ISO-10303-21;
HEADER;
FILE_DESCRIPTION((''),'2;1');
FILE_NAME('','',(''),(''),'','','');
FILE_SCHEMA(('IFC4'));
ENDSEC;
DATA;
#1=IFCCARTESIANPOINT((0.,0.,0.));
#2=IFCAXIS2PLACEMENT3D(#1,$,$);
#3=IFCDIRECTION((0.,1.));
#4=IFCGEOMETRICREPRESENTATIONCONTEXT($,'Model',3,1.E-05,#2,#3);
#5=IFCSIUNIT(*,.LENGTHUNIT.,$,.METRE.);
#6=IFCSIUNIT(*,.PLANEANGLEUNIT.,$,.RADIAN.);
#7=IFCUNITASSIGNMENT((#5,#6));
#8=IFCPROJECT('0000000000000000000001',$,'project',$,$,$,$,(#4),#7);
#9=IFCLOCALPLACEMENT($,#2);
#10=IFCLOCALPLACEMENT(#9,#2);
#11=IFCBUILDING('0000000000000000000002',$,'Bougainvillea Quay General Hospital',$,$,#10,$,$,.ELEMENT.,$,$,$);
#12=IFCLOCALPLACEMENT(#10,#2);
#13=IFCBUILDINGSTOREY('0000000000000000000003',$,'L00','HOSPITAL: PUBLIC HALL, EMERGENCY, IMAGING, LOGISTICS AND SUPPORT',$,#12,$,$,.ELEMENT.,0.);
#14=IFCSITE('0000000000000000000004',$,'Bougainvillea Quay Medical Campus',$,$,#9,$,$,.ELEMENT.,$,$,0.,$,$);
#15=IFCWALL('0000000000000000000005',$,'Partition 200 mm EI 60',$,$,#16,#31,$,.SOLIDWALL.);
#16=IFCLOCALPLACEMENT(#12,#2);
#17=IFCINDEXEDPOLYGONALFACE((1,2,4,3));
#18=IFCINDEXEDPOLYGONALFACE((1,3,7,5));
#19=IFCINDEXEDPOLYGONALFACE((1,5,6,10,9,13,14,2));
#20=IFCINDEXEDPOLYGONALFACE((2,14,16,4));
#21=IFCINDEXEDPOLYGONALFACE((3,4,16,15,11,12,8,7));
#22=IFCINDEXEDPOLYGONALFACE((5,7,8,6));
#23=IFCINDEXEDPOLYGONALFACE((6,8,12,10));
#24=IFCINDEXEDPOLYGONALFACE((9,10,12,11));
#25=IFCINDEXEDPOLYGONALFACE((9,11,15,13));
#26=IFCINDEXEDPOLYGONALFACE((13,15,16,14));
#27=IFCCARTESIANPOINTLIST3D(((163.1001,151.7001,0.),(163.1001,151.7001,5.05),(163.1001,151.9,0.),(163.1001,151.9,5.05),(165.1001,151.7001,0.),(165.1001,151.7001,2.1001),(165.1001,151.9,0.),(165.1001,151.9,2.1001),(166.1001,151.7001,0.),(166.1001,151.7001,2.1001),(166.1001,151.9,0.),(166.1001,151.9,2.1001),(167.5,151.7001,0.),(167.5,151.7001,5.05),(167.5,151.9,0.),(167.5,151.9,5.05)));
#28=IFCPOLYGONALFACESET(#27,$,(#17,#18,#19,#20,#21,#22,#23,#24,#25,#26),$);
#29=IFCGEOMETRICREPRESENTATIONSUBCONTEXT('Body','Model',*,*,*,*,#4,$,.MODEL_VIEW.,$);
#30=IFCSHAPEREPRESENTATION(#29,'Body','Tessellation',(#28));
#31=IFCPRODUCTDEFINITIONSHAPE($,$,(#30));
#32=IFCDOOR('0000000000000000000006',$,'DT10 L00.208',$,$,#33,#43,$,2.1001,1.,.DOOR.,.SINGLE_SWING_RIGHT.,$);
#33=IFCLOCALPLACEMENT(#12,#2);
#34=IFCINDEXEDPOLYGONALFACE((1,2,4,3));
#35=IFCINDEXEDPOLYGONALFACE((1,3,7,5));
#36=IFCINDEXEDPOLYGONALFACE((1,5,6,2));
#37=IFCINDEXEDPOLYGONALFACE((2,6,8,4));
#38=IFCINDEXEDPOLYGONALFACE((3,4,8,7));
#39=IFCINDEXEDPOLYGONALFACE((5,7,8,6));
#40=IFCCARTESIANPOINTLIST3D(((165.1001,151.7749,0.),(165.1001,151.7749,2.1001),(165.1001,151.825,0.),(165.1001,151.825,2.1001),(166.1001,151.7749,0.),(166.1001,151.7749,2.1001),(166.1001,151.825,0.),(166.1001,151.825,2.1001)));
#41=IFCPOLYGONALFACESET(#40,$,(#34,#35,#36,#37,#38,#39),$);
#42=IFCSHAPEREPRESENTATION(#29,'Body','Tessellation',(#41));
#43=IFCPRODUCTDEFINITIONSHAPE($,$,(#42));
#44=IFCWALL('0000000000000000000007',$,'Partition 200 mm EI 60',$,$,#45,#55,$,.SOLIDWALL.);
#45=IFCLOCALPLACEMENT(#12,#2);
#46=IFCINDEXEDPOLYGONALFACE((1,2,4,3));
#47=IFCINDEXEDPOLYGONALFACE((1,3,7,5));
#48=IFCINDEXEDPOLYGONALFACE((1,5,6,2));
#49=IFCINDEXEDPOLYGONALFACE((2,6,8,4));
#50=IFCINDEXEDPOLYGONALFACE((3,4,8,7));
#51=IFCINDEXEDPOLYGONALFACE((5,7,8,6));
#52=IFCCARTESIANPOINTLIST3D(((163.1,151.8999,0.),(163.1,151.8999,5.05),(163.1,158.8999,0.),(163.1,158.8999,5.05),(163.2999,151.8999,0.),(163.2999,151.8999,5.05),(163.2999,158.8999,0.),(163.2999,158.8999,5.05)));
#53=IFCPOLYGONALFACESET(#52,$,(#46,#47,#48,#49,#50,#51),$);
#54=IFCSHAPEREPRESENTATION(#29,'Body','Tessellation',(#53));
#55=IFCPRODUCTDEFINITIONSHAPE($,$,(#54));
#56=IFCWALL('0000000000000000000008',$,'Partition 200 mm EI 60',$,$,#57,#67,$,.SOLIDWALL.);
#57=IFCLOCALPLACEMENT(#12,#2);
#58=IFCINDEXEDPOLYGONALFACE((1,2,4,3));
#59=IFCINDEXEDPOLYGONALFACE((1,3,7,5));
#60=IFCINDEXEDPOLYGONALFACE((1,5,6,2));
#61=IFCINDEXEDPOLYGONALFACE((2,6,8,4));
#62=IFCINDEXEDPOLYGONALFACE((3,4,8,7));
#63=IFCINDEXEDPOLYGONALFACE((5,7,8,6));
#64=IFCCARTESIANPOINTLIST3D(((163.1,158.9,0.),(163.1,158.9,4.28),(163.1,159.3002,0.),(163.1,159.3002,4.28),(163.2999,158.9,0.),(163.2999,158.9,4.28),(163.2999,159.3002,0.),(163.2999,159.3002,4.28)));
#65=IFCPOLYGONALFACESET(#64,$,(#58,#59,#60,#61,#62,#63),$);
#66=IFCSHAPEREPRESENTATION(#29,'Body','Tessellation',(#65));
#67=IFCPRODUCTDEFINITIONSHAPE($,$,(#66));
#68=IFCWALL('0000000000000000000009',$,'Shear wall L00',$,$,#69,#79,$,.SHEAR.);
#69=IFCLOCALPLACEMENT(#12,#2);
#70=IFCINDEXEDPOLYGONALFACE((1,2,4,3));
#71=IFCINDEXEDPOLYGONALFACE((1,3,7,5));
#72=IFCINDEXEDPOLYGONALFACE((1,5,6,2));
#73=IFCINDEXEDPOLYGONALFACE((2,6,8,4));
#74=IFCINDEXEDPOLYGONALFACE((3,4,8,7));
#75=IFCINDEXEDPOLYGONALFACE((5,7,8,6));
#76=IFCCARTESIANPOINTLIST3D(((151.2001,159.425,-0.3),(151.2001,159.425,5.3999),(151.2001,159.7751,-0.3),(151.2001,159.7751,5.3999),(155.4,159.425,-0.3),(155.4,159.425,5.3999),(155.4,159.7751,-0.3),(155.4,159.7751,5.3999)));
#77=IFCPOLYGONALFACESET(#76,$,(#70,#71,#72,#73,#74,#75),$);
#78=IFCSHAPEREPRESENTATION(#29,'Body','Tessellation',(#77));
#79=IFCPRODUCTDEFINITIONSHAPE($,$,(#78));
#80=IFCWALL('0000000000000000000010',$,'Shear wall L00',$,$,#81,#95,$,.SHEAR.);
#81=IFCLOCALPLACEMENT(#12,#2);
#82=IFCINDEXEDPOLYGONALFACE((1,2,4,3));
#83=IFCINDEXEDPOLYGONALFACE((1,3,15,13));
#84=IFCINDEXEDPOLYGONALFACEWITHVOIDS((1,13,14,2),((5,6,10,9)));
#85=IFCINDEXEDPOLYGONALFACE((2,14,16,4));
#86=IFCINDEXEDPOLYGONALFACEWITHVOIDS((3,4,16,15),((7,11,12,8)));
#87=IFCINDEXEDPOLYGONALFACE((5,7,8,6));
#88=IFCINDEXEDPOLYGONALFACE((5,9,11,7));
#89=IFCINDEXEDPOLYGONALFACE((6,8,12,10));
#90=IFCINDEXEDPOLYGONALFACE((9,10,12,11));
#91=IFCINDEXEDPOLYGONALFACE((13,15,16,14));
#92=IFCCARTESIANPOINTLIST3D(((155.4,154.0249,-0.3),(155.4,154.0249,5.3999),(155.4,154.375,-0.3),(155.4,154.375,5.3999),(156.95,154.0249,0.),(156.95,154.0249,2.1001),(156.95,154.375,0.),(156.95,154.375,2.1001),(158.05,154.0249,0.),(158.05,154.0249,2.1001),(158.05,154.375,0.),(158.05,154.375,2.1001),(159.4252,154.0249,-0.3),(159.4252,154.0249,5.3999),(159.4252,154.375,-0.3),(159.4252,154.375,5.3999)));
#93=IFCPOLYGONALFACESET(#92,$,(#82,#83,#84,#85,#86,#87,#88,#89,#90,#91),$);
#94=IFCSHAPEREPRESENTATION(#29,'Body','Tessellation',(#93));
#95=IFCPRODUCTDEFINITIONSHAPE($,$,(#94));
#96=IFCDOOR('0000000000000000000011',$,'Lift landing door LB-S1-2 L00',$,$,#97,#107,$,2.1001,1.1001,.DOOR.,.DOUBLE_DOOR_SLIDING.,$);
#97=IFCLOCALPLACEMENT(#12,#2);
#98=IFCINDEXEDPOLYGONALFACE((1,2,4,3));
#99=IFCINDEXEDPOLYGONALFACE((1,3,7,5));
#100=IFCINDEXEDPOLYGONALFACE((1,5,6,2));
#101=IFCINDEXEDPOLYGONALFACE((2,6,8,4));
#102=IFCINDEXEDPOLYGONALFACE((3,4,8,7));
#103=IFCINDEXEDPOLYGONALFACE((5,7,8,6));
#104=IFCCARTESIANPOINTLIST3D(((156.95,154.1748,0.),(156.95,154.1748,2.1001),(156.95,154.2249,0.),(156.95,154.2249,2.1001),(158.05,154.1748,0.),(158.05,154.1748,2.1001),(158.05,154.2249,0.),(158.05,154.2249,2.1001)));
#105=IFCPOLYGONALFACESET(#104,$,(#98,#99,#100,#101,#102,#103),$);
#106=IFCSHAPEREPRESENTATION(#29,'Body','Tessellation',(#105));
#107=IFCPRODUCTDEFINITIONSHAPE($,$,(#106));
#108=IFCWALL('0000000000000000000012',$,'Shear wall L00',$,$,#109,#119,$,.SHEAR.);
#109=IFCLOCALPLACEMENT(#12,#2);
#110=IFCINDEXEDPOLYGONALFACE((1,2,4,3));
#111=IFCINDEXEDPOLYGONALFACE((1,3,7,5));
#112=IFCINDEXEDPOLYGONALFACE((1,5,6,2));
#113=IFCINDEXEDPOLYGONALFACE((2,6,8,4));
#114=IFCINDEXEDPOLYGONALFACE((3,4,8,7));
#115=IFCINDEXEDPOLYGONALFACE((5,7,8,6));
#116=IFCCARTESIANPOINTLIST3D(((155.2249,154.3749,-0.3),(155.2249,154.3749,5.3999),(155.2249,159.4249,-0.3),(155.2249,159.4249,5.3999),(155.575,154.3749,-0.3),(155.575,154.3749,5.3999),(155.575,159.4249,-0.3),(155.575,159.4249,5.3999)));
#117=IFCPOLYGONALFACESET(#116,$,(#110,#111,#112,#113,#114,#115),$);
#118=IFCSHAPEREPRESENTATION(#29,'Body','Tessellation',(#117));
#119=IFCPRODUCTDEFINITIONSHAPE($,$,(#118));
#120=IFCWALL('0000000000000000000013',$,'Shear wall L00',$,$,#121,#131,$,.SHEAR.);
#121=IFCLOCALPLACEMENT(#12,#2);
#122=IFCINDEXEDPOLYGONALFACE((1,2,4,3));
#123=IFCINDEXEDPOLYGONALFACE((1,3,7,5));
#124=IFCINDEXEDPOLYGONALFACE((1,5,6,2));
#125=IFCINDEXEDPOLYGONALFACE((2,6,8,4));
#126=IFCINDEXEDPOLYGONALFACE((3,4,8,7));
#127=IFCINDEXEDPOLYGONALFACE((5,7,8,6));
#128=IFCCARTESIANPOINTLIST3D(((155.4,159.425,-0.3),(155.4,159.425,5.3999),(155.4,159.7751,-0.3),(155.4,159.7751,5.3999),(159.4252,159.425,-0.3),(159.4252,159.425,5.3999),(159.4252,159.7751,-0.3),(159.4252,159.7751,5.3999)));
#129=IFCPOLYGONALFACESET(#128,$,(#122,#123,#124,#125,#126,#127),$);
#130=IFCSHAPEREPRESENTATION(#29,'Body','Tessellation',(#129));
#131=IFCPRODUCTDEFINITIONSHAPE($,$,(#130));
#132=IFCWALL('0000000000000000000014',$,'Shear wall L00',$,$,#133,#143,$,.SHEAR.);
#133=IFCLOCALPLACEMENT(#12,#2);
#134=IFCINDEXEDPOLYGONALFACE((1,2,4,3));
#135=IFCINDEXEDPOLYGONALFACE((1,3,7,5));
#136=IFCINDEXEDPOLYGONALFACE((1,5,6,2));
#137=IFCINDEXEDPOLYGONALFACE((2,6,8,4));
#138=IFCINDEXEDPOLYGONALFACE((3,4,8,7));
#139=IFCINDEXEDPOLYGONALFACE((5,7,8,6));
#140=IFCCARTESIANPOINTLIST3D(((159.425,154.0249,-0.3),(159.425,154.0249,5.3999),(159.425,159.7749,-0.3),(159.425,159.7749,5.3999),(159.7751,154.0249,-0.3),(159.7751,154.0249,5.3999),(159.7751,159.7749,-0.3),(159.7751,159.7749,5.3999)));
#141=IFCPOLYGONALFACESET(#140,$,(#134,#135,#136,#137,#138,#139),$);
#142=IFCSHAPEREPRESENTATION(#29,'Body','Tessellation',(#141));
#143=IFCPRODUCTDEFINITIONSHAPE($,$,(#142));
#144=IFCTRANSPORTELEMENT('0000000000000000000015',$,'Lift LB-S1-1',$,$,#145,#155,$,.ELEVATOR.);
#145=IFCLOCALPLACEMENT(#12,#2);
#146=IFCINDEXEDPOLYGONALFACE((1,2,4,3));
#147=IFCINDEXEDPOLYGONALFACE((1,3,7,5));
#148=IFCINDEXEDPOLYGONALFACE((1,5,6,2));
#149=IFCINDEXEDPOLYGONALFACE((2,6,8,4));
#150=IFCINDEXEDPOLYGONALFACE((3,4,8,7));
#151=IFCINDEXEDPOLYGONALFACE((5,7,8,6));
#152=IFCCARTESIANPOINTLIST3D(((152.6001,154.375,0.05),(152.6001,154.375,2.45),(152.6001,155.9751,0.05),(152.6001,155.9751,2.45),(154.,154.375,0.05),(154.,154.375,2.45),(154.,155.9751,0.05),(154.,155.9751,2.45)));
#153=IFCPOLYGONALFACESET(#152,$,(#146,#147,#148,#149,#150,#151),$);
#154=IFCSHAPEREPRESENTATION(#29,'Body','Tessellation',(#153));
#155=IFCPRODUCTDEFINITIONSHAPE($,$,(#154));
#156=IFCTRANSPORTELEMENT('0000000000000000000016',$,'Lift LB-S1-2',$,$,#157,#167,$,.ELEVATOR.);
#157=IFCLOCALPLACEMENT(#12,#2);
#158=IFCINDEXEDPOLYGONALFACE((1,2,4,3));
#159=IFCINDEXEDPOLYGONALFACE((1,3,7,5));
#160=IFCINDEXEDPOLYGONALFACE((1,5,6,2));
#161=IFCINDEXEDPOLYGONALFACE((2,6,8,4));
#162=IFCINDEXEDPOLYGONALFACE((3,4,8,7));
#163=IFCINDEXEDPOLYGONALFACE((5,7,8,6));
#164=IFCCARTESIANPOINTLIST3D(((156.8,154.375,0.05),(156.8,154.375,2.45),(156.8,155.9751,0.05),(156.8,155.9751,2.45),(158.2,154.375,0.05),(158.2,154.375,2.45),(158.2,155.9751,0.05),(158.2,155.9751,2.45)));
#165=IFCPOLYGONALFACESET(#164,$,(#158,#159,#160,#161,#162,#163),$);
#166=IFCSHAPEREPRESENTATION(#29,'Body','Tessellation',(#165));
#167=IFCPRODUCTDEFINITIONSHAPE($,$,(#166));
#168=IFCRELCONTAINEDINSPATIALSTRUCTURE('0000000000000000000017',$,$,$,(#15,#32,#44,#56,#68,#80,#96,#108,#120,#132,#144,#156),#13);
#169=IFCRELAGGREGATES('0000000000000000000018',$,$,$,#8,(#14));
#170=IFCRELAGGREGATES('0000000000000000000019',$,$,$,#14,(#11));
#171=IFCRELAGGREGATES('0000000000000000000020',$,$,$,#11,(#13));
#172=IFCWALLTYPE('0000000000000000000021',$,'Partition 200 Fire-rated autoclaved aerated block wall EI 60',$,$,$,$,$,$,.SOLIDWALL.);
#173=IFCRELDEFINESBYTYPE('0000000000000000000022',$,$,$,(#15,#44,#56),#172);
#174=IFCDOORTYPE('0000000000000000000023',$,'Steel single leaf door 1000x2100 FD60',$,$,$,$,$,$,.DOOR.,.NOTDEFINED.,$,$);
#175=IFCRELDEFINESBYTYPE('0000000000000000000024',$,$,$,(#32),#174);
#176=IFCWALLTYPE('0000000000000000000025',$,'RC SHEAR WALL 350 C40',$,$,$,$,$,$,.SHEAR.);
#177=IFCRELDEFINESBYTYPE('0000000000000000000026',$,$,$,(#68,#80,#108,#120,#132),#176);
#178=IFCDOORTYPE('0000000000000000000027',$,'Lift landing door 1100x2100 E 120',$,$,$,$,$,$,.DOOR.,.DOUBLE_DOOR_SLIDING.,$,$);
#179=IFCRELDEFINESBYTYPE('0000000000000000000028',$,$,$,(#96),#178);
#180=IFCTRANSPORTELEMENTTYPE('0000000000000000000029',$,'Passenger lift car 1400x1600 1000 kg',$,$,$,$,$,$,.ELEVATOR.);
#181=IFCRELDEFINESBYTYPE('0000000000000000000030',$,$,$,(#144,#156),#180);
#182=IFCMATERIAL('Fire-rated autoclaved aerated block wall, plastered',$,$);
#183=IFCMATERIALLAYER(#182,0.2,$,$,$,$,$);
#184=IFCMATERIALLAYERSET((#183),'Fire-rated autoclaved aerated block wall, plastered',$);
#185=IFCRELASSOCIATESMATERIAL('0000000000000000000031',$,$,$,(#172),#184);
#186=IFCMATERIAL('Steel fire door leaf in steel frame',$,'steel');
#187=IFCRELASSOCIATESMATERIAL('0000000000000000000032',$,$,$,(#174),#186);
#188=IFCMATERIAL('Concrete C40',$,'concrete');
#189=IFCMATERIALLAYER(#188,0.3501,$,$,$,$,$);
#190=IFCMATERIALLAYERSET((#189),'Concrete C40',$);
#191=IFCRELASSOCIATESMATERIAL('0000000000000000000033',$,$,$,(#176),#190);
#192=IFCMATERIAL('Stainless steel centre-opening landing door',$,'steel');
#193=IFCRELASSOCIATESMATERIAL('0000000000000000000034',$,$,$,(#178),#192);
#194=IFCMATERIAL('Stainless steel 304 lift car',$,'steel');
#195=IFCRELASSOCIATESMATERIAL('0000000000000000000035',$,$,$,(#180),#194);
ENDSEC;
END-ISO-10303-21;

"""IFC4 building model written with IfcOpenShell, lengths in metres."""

from ifc_helpers import new_model, si_unit, direction, frame, frame_2d, origin, origin_2d, place, context, subcontext, project, spatial, rectangle, extrude, material, layer, layer_set, type_object, element, fill, save


model = new_model("IFC4")

# Units and contexts
model_context = context("Model", 3, precision=1e-05, world=origin(), true_north=direction((0.0, 1.0)))
body_context = subcontext(model_context, "Body", "Model", "MODEL_VIEW")
ifc_project = project(units=[si_unit("LENGTHUNIT", "METRE"), si_unit("PLANEANGLEUNIT", "RADIAN")], contexts=[model_context])

# Site, building, storey
site_placement = place(None, origin())
site = spatial("IfcSite", under=ifc_project, at=site_placement, Name="Bougainvillea Quay Medical Campus", CompositionType="ELEMENT", RefElevation=0.0)
building_placement = place(site_placement, origin())
building = spatial("IfcBuilding", under=site, at=building_placement, Name="Bougainvillea Quay General Hospital", CompositionType="ELEMENT")
storey_placement = place(building_placement, origin())
storey = spatial("IfcBuildingStorey", under=building, at=storey_placement, Name="L00", Description="HOSPITAL: PUBLIC HALL, EMERGENCY, IMAGING, LOGISTICS AND SUPPORT", CompositionType="ELEMENT", Elevation=0.0)

# Shared definitions
ifc_material_1 = material(Name="Concrete C40", Category="concrete")

# Shared definitions
ifc_material_2 = material(Name="Fire-rated autoclaved aerated block wall, plastered")

# Wall, opening, door
ifc_layer_1 = layer(ifc_material_2, 0.2)
ifc_layer_set_1 = layer_set([ifc_layer_1], Name="Fire-rated autoclaved aerated block wall, plastered")
wall_type_1 = type_object("IfcWallType", Name="Partition 200 Fire-rated autoclaved aerated block wall EI 60", PredefinedType="SOLIDWALL", material=ifc_layer_set_1)
wall_1_placement = place(storey_placement, frame((163.1001, 151.8, 0.0), z_axis=(0.0, 0.0, 1.0), x_axis=(1.0, 0.0, 0.0)))
wall_1 = element("IfcWall", 1, at=wall_1_placement, inside=storey, type_object=wall_type_1, Name="Partition 200 mm EI 60", PredefinedType="SOLIDWALL", context=body_context, shape_type="SweptSolid", body=[
    extrude(rectangle(XDim=4.3999, YDim=0.2, at=frame_2d((2.2, 0.0))), origin(), (0.0, 0.0, 1.0), 5.05),
])
opening_1_placement = place(wall_1_placement, frame((2.0, 0.0, 0.0)))
opening_1 = element("IfcOpeningElement", 2, at=opening_1_placement, cuts=wall_1, PredefinedType="OPENING", context=body_context, shape_type="SweptSolid", body=[
    extrude(rectangle(XDim=1.0, YDim=2.1001, at=frame_2d((0.5, 1.05))), frame((0.0, 0.1099, 0.0), z_axis=(0.0, -1.0, 0.0), x_axis=(1.0, 0.0, 0.0)), (0.0, 0.0, 1.0), 0.22),
])
ifc_material_3 = material(Name="Steel fire door leaf in steel frame", Category="steel")
door_type_1 = type_object("IfcDoorType", Name="Steel single leaf door 1000x2100 FD60", OperationType="NOTDEFINED", PredefinedType="DOOR", material=ifc_material_3)
door_1_placement = place(opening_1_placement, origin())
door_1 = element("IfcDoor", 3, at=door_1_placement, inside=storey, type_object=door_type_1, Name="DT10 L00.208", OperationType="SINGLE_SWING_RIGHT", OverallHeight=2.1001, OverallWidth=1.0, PredefinedType="DOOR", context=body_context, shape_type="SweptSolid", body=[
    extrude(rectangle(XDim=1.0, YDim=2.1001, at=frame_2d((0.5, 1.05))), frame((0.0, 0.0249, 0.0), z_axis=(0.0, -1.0, 0.0), x_axis=(1.0, 0.0, 0.0)), (0.0, 0.0, 1.0), 0.05),
])
fill(opening_1, door_1)

# Walls
wall_2_placement = place(storey_placement, frame((163.2, 151.8999, 0.0), z_axis=(0.0, 0.0, 1.0), x_axis=(0.0, 1.0, 0.0)))
element("IfcWall", 4, at=wall_2_placement, inside=storey, type_object=wall_type_1, Name="Partition 200 mm EI 60", PredefinedType="SOLIDWALL", context=body_context, shape_type="SweptSolid", body=[
    extrude(rectangle(XDim=7.0, YDim=0.2, at=frame_2d((3.5, 0.0))), origin(), (0.0, 0.0, 1.0), 5.05),
])
wall_3_placement = place(storey_placement, frame((163.2, 158.8999, 0.0), z_axis=(0.0, 0.0, 1.0), x_axis=(0.0, 1.0, 0.0)))
element("IfcWall", 5, at=wall_3_placement, inside=storey, type_object=wall_type_1, Name="Partition 200 mm EI 60", PredefinedType="SOLIDWALL", context=body_context, shape_type="SweptSolid", body=[
    extrude(rectangle(XDim=0.4001, YDim=0.2, at=frame_2d((0.2002, 0.0))), origin(), (0.0, 0.0, 1.0), 4.28),
])
ifc_layer_2 = layer(ifc_material_1, 0.3501)
ifc_layer_set_2 = layer_set([ifc_layer_2], Name="Concrete C40")
wall_type_2 = type_object("IfcWallType", Name="RC SHEAR WALL 350 C40", PredefinedType="SHEAR", material=ifc_layer_set_2)
wall_4_placement = place(storey_placement, frame((151.2, 159.6001, -0.3), z_axis=(0.0, 0.0, 1.0), x_axis=(1.0, 0.0, 0.0)))
element("IfcWall", 6, at=wall_4_placement, inside=storey, type_object=wall_type_2, Name="Shear wall L00", PredefinedType="SHEAR", context=body_context, shape_type="SweptSolid", body=[
    extrude(rectangle(XDim=4.2, YDim=0.3501, at=frame_2d((2.1001, 0.0))), origin(), (0.0, 0.0, 1.0), 5.7),
])

# Wall, opening, door
wall_5_placement = place(storey_placement, frame((155.3999, 154.2, -0.3), z_axis=(0.0, 0.0, 1.0), x_axis=(1.0, 0.0, 0.0)))
wall_5 = element("IfcWall", 7, at=wall_5_placement, inside=storey, type_object=wall_type_2, Name="Shear wall L00", PredefinedType="SHEAR", context=body_context, shape_type="SweptSolid", body=[
    extrude(rectangle(XDim=4.0251, YDim=0.3501, at=frame_2d((2.0127, 0.0))), origin(), (0.0, 0.0, 1.0), 5.7),
])
opening_2_placement = place(wall_5_placement, frame((1.55, 0.0, 0.3)))
opening_2 = element("IfcOpeningElement", 8, at=opening_2_placement, cuts=wall_5, PredefinedType="OPENING", context=body_context, shape_type="SweptSolid", body=[
    extrude(rectangle(XDim=1.1001, YDim=2.1001, at=frame_2d((0.55, 1.05))), frame((0.0, 0.1851, 0.0), z_axis=(0.0, -1.0, 0.0), x_axis=(1.0, 0.0, 0.0)), (0.0, 0.0, 1.0), 0.3701),
])
ifc_material_4 = material(Name="Stainless steel centre-opening landing door", Category="steel")
door_type_2 = type_object("IfcDoorType", Name="Lift landing door 1100x2100 E 120", OperationType="DOUBLE_DOOR_SLIDING", PredefinedType="DOOR", material=ifc_material_4)
door_2_placement = place(opening_2_placement, origin())
door_2 = element("IfcDoor", 9, at=door_2_placement, inside=storey, type_object=door_type_2, Name="Lift landing door LB-S1-2 L00", OperationType="DOUBLE_DOOR_SLIDING", OverallHeight=2.1001, OverallWidth=1.1001, PredefinedType="DOOR", context=body_context, shape_type="SweptSolid", body=[
    extrude(rectangle(XDim=1.1001, YDim=2.1001, at=frame_2d((0.55, 1.05))), frame((0.0, 0.0249, 0.0), z_axis=(0.0, -1.0, 0.0), x_axis=(1.0, 0.0, 0.0)), (0.0, 0.0, 1.0), 0.05),
])
fill(opening_2, door_2)

# Walls
wall_6_placement = place(storey_placement, frame((155.3999, 154.375, -0.3), z_axis=(0.0, 0.0, 1.0), x_axis=(0.0, 1.0, 0.0)))
element("IfcWall", 10, at=wall_6_placement, inside=storey, type_object=wall_type_2, Name="Shear wall L00", PredefinedType="SHEAR", context=body_context, shape_type="SweptSolid", body=[
    extrude(rectangle(XDim=5.05, YDim=0.3501, at=frame_2d((2.5249, 0.0))), origin(), (0.0, 0.0, 1.0), 5.7),
])
wall_7_placement = place(storey_placement, frame((155.3999, 159.6001, -0.3), z_axis=(0.0, 0.0, 1.0), x_axis=(1.0, 0.0, 0.0)))
element("IfcWall", 11, at=wall_7_placement, inside=storey, type_object=wall_type_2, Name="Shear wall L00", PredefinedType="SHEAR", context=body_context, shape_type="SweptSolid", body=[
    extrude(rectangle(XDim=4.0251, YDim=0.3501, at=frame_2d((2.0127, 0.0))), origin(), (0.0, 0.0, 1.0), 5.7),
])
wall_8_placement = place(storey_placement, frame((159.6001, 154.0249, -0.3), z_axis=(0.0, 0.0, 1.0), x_axis=(0.0, 1.0, 0.0)))
element("IfcWall", 12, at=wall_8_placement, inside=storey, type_object=wall_type_2, Name="Shear wall L00", PredefinedType="SHEAR", context=body_context, shape_type="SweptSolid", body=[
    extrude(rectangle(XDim=5.75, YDim=0.3501, at=frame_2d((2.875, 0.0))), origin(), (0.0, 0.0, 1.0), 5.7),
])

# Transport elements
ifc_material_5 = material(Name="Stainless steel 304 lift car", Category="steel")
transport_element_type = type_object("IfcTransportElementType", Name="Passenger lift car 1400x1600 1000 kg", PredefinedType="ELEVATOR", material=ifc_material_5)
for number, where, z_axis, x_axis, name in (
    (13, (153.3, 155.175, 0.05), (0.0, 0.0, 1.0), (1.0, 0.0, 0.0), "Lift LB-S1-1"),
    (14, (157.5, 155.175, 0.05), (0.0, 0.0, 1.0), (1.0, 0.0, 0.0), "Lift LB-S1-2"),
):
    element("IfcTransportElement", number, at=place(storey_placement, frame(where, z_axis=z_axis, x_axis=x_axis)), inside=storey, type_object=transport_element_type, Name=name, PredefinedType="ELEVATOR", context=body_context, shape_type="SweptSolid", body=[
        extrude(rectangle(XDim=1.3999, YDim=1.6001, at=origin_2d()), origin(), (0.0, 0.0, 1.0), 2.3999),
    ])

save(model, "model.ifc")
